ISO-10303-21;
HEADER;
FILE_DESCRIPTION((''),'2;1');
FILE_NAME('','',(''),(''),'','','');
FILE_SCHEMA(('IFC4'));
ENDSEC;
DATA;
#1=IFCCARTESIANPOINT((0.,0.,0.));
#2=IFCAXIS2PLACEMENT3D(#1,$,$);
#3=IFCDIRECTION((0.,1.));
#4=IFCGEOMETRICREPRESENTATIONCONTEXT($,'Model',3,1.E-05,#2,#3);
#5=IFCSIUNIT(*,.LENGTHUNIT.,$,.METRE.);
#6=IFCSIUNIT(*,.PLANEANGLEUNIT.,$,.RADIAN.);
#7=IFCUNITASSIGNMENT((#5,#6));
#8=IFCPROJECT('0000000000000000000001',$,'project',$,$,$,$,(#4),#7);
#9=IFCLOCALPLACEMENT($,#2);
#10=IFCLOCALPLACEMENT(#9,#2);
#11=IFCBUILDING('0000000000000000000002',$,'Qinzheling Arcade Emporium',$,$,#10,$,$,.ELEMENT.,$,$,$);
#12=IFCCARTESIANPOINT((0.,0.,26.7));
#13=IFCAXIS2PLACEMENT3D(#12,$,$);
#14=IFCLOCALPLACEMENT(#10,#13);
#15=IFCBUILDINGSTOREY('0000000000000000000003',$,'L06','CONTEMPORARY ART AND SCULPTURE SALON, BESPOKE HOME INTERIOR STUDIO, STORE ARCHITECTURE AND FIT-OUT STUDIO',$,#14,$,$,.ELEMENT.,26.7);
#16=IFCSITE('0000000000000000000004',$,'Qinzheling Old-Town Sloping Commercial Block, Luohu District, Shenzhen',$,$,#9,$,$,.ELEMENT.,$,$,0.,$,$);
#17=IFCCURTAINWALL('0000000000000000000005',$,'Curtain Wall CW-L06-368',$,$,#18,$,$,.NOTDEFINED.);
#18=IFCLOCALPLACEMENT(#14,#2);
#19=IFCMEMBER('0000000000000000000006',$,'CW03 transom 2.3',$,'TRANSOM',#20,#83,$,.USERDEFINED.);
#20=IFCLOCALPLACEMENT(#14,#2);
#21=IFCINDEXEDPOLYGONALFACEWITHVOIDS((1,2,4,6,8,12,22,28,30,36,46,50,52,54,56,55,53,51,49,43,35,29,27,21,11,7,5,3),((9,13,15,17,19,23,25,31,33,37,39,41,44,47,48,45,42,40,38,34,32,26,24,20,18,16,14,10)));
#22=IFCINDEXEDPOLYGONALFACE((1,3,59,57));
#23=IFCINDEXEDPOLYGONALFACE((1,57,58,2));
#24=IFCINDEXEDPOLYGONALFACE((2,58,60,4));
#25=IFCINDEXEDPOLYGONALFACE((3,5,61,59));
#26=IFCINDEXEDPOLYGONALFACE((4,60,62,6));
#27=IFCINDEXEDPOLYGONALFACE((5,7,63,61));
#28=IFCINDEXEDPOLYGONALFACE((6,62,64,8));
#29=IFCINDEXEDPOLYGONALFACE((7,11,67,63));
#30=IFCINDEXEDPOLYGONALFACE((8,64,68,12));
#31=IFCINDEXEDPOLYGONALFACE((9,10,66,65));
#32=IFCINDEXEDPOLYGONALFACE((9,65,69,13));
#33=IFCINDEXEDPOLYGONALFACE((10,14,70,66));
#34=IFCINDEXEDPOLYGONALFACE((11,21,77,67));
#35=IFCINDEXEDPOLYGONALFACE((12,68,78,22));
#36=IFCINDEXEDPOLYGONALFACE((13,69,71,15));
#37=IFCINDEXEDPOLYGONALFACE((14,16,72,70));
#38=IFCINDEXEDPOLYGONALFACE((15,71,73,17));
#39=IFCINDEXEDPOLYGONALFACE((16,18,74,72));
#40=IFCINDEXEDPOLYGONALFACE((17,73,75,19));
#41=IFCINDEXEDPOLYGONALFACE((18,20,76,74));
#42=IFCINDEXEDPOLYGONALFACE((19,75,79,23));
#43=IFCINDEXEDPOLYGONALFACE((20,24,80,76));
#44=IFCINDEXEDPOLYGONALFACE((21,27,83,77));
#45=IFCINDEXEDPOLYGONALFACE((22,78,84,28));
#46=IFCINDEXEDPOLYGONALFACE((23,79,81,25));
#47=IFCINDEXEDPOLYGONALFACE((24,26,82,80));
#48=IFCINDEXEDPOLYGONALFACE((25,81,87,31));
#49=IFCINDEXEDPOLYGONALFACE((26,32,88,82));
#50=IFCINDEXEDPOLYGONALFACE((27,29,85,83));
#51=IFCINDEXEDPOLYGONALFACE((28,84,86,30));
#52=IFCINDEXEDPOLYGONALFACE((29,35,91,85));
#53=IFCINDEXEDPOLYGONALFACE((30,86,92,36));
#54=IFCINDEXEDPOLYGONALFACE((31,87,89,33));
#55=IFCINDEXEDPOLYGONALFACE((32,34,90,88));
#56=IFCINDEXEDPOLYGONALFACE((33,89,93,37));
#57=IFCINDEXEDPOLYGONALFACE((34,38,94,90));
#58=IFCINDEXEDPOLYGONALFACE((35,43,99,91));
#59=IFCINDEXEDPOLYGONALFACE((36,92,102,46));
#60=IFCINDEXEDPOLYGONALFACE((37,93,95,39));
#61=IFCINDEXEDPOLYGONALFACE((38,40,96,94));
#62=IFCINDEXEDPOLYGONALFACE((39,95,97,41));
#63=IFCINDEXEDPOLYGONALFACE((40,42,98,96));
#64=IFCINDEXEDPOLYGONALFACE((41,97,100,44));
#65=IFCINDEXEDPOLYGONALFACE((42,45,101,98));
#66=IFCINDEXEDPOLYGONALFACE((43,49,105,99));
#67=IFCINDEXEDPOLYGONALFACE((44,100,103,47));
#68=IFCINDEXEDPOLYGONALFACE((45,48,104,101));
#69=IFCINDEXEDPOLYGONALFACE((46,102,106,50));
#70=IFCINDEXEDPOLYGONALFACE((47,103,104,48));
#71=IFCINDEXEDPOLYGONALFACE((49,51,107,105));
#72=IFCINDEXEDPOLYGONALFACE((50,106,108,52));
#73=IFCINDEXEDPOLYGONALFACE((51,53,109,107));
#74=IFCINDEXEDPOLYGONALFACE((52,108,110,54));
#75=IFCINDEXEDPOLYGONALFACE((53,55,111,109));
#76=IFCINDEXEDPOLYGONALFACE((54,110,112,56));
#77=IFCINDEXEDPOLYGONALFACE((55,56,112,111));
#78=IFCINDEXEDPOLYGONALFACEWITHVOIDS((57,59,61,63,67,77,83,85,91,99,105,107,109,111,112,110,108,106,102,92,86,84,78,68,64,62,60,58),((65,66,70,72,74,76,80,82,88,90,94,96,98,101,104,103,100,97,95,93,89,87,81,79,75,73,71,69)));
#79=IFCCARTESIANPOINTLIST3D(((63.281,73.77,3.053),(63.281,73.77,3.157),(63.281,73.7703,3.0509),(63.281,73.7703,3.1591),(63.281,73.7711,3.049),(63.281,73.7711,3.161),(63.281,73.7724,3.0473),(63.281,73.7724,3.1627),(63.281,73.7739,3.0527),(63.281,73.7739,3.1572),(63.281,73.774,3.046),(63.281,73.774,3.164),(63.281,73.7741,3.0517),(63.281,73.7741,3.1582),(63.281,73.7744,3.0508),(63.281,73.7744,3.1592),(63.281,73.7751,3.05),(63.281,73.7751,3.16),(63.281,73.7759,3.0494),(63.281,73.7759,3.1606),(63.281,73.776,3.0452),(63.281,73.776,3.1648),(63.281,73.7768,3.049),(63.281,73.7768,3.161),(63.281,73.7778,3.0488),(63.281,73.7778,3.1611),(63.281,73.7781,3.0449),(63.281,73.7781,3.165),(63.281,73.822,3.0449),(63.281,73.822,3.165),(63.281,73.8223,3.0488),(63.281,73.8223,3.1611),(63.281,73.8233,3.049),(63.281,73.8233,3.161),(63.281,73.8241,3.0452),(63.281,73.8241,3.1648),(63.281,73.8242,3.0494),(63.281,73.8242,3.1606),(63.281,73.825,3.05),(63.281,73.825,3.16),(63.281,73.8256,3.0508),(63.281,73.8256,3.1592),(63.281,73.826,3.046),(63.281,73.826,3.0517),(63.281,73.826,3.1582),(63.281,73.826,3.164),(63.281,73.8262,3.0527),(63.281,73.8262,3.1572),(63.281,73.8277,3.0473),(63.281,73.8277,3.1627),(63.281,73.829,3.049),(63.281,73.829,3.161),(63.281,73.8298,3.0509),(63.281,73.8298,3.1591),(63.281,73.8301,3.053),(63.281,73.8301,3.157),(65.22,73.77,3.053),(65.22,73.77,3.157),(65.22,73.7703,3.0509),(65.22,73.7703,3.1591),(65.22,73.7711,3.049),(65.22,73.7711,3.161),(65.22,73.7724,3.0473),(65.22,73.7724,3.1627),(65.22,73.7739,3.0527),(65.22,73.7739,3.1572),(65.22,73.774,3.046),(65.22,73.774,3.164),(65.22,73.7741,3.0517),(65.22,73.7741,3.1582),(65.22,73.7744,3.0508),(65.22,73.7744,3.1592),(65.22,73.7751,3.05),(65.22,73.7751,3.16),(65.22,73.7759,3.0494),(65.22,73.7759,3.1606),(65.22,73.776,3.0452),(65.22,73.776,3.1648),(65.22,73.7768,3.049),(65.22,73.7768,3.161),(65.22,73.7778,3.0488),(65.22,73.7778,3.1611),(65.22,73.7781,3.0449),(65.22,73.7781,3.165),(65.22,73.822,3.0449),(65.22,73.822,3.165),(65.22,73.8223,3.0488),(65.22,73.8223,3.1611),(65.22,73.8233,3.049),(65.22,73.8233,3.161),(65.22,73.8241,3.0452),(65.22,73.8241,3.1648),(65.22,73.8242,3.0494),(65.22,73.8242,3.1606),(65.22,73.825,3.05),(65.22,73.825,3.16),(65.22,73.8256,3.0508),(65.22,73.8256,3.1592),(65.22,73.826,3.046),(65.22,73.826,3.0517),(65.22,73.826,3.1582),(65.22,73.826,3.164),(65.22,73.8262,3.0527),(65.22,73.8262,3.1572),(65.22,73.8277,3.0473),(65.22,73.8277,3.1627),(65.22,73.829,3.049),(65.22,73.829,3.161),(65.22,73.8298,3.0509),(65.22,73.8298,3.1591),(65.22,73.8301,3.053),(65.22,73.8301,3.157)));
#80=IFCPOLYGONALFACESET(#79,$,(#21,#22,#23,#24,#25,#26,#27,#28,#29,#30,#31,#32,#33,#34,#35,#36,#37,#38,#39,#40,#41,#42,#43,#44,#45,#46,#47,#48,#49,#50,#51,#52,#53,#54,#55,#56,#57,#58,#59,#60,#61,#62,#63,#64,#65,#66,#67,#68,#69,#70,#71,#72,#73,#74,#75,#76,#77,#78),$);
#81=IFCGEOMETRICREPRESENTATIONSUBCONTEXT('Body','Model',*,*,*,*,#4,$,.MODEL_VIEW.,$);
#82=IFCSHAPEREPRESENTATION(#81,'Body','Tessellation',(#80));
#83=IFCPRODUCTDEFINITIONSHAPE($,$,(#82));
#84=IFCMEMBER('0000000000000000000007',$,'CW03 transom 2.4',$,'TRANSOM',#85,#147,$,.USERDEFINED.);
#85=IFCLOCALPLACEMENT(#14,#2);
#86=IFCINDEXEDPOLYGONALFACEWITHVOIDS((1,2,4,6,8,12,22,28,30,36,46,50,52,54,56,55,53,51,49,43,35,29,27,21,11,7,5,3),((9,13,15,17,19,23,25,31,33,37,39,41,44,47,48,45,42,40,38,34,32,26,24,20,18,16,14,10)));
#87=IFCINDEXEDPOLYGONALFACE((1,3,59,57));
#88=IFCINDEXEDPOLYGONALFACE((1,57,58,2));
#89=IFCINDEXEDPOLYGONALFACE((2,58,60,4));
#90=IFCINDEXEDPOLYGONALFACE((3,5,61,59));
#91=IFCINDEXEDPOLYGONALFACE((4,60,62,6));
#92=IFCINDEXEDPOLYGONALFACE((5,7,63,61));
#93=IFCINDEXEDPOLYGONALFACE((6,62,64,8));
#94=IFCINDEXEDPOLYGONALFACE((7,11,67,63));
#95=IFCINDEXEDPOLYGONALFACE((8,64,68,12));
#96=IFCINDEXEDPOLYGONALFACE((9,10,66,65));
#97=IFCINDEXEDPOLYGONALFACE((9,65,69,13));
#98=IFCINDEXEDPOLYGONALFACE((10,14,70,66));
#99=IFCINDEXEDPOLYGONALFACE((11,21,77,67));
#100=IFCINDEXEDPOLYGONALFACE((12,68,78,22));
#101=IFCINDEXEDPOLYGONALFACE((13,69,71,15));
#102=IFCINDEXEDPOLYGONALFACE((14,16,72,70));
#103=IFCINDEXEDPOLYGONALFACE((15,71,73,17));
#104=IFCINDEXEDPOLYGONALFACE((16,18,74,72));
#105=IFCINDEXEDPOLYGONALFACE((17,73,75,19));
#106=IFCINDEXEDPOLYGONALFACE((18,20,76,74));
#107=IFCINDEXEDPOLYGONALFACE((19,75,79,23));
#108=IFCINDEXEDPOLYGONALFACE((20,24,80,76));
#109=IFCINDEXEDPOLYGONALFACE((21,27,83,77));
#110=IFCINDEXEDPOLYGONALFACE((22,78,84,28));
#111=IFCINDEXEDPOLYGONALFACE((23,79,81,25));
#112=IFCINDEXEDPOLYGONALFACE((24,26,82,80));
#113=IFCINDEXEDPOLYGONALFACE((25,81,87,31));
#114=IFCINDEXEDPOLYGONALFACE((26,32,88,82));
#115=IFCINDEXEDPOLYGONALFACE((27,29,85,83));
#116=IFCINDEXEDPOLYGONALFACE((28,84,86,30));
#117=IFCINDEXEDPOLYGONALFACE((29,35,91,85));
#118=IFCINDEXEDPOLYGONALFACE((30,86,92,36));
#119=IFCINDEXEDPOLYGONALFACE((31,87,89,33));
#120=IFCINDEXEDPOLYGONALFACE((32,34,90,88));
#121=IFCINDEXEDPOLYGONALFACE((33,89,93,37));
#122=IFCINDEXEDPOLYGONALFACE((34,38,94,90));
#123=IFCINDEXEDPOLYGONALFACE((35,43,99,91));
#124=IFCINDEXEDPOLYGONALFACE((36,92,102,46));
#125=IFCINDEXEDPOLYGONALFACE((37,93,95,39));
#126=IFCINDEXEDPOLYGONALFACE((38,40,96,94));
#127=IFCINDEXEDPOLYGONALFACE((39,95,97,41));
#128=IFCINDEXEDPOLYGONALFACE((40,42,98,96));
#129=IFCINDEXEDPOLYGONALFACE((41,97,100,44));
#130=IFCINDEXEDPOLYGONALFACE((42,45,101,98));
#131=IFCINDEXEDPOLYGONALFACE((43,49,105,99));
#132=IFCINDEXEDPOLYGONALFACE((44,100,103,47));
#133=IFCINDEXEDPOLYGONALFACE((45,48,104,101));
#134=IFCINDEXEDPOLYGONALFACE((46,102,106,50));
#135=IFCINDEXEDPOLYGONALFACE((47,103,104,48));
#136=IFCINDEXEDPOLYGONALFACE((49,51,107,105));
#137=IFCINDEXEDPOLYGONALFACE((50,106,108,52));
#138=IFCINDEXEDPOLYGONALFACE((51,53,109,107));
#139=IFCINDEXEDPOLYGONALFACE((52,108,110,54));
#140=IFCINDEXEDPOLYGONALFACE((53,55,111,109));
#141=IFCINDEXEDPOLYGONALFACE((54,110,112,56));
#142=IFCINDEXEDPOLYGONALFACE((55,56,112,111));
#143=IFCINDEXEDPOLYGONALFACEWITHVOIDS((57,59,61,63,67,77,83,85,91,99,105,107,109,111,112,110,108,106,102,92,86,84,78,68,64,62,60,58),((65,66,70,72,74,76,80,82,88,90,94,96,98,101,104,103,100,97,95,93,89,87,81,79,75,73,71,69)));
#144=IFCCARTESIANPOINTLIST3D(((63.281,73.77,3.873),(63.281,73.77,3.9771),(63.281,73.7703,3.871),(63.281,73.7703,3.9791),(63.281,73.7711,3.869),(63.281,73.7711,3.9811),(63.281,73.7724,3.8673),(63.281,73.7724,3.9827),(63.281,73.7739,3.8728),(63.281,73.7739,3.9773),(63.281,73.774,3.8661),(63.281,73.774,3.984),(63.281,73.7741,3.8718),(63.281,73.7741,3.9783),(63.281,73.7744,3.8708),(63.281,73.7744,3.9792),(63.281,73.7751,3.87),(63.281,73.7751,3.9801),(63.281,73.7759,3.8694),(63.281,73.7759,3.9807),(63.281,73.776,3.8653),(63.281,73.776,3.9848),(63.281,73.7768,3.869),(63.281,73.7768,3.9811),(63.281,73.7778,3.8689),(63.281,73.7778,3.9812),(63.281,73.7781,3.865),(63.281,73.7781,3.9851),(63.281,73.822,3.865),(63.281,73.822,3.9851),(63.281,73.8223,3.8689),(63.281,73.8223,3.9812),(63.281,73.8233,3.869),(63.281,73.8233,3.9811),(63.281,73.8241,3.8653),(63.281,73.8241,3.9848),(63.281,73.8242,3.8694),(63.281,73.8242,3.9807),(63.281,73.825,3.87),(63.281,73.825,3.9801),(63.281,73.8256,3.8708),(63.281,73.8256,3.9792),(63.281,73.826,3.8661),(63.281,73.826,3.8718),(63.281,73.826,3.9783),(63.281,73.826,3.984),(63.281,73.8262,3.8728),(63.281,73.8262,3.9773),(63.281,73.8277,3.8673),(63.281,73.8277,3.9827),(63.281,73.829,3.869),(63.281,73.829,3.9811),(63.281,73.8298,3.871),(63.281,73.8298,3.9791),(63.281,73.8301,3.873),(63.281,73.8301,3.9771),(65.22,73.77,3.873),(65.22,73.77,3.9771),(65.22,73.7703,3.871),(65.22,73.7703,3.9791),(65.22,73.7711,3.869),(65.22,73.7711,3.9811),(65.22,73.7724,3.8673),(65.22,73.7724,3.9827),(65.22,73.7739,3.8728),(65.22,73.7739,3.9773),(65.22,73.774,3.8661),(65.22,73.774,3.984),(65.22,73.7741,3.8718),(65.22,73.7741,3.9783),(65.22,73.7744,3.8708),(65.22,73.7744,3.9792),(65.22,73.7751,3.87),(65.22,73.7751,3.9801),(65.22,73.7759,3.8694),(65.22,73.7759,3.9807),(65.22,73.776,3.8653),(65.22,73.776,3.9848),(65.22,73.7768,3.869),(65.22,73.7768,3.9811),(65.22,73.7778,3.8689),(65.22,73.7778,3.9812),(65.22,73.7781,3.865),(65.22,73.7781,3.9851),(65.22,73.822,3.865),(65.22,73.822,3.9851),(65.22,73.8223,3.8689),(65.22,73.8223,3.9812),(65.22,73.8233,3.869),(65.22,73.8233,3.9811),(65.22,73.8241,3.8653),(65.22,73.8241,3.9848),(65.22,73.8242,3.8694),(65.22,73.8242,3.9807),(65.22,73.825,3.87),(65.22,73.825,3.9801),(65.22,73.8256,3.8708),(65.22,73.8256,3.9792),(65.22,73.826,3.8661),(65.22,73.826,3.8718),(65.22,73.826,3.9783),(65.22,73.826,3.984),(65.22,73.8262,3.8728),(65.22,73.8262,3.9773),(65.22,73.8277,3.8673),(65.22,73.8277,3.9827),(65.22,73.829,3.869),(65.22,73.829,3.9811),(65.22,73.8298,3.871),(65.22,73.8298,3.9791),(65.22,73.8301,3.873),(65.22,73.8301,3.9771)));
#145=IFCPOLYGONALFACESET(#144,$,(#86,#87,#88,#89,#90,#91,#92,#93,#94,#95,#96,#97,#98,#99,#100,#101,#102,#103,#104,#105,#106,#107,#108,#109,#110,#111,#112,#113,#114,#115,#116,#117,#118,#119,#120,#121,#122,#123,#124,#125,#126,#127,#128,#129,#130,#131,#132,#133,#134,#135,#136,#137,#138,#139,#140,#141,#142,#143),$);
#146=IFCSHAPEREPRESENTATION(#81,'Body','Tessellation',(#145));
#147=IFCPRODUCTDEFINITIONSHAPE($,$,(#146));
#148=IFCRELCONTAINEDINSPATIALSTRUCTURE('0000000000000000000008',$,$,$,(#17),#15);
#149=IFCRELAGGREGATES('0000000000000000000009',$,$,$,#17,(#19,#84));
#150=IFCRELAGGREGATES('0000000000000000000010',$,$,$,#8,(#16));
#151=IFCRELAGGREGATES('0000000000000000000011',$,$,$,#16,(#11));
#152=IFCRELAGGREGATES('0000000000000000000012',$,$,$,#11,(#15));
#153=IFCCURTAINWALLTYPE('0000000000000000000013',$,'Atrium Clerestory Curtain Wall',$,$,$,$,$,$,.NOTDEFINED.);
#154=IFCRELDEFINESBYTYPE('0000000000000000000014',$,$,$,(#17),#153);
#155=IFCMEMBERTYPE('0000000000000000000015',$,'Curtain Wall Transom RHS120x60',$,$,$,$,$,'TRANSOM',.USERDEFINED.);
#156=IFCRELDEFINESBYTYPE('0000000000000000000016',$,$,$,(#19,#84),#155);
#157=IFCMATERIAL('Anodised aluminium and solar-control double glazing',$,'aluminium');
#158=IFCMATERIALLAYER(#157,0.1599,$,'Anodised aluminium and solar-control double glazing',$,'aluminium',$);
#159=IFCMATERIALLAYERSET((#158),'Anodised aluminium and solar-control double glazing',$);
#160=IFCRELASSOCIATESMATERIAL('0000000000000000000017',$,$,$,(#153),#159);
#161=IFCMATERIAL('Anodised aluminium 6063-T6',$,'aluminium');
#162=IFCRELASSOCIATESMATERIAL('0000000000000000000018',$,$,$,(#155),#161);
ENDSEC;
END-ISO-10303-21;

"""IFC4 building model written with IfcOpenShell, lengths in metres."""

from ifc_helpers import new_model, si_unit, direction, frame, origin, origin_2d, place, context, subcontext, project, spatial, hollow_rectangle, extrude, material, layer, layer_set, material_profile, profile_set, type_object, element, aggregate, save


model = new_model("IFC4")

# Units and contexts
model_context = context("Model", 3, precision=1e-05, world=origin(), true_north=direction((0.0, 1.0)))
body_context = subcontext(model_context, "Body", "Model", "MODEL_VIEW")
ifc_project = project(units=[si_unit("LENGTHUNIT", "METRE"), si_unit("PLANEANGLEUNIT", "RADIAN")], contexts=[model_context])

# Site, building, storey
site_placement = place(None, origin())
site = spatial("IfcSite", under=ifc_project, at=site_placement, Name="Qinzheling Old-Town Sloping Commercial Block, Luohu District, Shenzhen", CompositionType="ELEMENT", RefElevation=0.0)
building_placement = place(site_placement, origin())
building = spatial("IfcBuilding", under=site, at=building_placement, Name="Qinzheling Arcade Emporium", CompositionType="ELEMENT")
storey_placement = place(building_placement, frame((0.0, 0.0, 26.7)))
storey = spatial("IfcBuildingStorey", under=building, at=storey_placement, Name="L06", Description="CONTEMPORARY ART AND SCULPTURE SALON, BESPOKE HOME INTERIOR STUDIO, STORE ARCHITECTURE AND FIT-OUT STUDIO", CompositionType="ELEMENT", Elevation=26.7)

# Curtain wall, members
ifc_material_1 = material(Name="Anodised aluminium and solar-control double glazing", Category="aluminium")
ifc_layer_1 = layer(ifc_material_1, 0.1599, Name="Anodised aluminium and solar-control double glazing", Category="aluminium")
ifc_layer_set_1 = layer_set([ifc_layer_1], Name="Anodised aluminium and solar-control double glazing")
curtain_wall_type = type_object("IfcCurtainWallType", Name="Atrium Clerestory Curtain Wall", PredefinedType="NOTDEFINED", material=ifc_layer_set_1)
curtain_wall_placement = place(storey_placement, origin())
curtain_wall = element("IfcCurtainWall", 1, at=curtain_wall_placement, inside=storey, type_object=curtain_wall_type, Name="Curtain Wall CW-L06-368", PredefinedType="NOTDEFINED")
ifc_material_2 = material(Name="Anodised aluminium 6063-T6", Category="aluminium")
ifc_material_profile_1 = material_profile(ifc_material_2, hollow_rectangle(XDim=0.0601, YDim=0.1201, WallThickness=0.0039, InnerFilletRadius=0.0039, OuterFilletRadius=0.0081, at=origin_2d()), Name="RHS 120x60x4", Category="aluminium")
ifc_profile_set_1 = profile_set([ifc_material_profile_1], Name="Anodised aluminium 6063-T6")
member_type_1 = type_object("IfcMemberType", Name="Curtain Wall Transom RHS120x60", ElementType="TRANSOM", PredefinedType="USERDEFINED", material=ifc_profile_set_1)
member_1_placement = place(storey_placement, frame((63.281, 73.8, 3.105), z_axis=(1.0, 0.0, 0.0), x_axis=(0.0, 1.0, 0.0)))
member_1 = element("IfcMember", 2, at=member_1_placement, type_object=member_type_1, Name="CW03 transom 2.3", ObjectType="TRANSOM", PredefinedType="USERDEFINED", context=body_context, shape_type="SweptSolid", body=[
    extrude(hollow_rectangle(XDim=0.0601, YDim=0.1201, WallThickness=0.0039, InnerFilletRadius=0.0039, OuterFilletRadius=0.0081, at=origin_2d()), origin(), (0.0, 0.0, 1.0), 1.939),
])
member_2_placement = place(storey_placement, frame((63.281, 73.8, 3.925), z_axis=(1.0, 0.0, 0.0), x_axis=(0.0, 1.0, 0.0)))
member_2 = element("IfcMember", 3, at=member_2_placement, type_object=member_type_1, Name="CW03 transom 2.4", ObjectType="TRANSOM", PredefinedType="USERDEFINED", context=body_context, shape_type="SweptSolid", body=[
    extrude(hollow_rectangle(XDim=0.0601, YDim=0.1201, WallThickness=0.0039, InnerFilletRadius=0.0039, OuterFilletRadius=0.0081, at=origin_2d()), origin(), (0.0, 0.0, 1.0), 1.939),
])
aggregate(curtain_wall, [member_1, member_2])

save(model, "model.ifc")
